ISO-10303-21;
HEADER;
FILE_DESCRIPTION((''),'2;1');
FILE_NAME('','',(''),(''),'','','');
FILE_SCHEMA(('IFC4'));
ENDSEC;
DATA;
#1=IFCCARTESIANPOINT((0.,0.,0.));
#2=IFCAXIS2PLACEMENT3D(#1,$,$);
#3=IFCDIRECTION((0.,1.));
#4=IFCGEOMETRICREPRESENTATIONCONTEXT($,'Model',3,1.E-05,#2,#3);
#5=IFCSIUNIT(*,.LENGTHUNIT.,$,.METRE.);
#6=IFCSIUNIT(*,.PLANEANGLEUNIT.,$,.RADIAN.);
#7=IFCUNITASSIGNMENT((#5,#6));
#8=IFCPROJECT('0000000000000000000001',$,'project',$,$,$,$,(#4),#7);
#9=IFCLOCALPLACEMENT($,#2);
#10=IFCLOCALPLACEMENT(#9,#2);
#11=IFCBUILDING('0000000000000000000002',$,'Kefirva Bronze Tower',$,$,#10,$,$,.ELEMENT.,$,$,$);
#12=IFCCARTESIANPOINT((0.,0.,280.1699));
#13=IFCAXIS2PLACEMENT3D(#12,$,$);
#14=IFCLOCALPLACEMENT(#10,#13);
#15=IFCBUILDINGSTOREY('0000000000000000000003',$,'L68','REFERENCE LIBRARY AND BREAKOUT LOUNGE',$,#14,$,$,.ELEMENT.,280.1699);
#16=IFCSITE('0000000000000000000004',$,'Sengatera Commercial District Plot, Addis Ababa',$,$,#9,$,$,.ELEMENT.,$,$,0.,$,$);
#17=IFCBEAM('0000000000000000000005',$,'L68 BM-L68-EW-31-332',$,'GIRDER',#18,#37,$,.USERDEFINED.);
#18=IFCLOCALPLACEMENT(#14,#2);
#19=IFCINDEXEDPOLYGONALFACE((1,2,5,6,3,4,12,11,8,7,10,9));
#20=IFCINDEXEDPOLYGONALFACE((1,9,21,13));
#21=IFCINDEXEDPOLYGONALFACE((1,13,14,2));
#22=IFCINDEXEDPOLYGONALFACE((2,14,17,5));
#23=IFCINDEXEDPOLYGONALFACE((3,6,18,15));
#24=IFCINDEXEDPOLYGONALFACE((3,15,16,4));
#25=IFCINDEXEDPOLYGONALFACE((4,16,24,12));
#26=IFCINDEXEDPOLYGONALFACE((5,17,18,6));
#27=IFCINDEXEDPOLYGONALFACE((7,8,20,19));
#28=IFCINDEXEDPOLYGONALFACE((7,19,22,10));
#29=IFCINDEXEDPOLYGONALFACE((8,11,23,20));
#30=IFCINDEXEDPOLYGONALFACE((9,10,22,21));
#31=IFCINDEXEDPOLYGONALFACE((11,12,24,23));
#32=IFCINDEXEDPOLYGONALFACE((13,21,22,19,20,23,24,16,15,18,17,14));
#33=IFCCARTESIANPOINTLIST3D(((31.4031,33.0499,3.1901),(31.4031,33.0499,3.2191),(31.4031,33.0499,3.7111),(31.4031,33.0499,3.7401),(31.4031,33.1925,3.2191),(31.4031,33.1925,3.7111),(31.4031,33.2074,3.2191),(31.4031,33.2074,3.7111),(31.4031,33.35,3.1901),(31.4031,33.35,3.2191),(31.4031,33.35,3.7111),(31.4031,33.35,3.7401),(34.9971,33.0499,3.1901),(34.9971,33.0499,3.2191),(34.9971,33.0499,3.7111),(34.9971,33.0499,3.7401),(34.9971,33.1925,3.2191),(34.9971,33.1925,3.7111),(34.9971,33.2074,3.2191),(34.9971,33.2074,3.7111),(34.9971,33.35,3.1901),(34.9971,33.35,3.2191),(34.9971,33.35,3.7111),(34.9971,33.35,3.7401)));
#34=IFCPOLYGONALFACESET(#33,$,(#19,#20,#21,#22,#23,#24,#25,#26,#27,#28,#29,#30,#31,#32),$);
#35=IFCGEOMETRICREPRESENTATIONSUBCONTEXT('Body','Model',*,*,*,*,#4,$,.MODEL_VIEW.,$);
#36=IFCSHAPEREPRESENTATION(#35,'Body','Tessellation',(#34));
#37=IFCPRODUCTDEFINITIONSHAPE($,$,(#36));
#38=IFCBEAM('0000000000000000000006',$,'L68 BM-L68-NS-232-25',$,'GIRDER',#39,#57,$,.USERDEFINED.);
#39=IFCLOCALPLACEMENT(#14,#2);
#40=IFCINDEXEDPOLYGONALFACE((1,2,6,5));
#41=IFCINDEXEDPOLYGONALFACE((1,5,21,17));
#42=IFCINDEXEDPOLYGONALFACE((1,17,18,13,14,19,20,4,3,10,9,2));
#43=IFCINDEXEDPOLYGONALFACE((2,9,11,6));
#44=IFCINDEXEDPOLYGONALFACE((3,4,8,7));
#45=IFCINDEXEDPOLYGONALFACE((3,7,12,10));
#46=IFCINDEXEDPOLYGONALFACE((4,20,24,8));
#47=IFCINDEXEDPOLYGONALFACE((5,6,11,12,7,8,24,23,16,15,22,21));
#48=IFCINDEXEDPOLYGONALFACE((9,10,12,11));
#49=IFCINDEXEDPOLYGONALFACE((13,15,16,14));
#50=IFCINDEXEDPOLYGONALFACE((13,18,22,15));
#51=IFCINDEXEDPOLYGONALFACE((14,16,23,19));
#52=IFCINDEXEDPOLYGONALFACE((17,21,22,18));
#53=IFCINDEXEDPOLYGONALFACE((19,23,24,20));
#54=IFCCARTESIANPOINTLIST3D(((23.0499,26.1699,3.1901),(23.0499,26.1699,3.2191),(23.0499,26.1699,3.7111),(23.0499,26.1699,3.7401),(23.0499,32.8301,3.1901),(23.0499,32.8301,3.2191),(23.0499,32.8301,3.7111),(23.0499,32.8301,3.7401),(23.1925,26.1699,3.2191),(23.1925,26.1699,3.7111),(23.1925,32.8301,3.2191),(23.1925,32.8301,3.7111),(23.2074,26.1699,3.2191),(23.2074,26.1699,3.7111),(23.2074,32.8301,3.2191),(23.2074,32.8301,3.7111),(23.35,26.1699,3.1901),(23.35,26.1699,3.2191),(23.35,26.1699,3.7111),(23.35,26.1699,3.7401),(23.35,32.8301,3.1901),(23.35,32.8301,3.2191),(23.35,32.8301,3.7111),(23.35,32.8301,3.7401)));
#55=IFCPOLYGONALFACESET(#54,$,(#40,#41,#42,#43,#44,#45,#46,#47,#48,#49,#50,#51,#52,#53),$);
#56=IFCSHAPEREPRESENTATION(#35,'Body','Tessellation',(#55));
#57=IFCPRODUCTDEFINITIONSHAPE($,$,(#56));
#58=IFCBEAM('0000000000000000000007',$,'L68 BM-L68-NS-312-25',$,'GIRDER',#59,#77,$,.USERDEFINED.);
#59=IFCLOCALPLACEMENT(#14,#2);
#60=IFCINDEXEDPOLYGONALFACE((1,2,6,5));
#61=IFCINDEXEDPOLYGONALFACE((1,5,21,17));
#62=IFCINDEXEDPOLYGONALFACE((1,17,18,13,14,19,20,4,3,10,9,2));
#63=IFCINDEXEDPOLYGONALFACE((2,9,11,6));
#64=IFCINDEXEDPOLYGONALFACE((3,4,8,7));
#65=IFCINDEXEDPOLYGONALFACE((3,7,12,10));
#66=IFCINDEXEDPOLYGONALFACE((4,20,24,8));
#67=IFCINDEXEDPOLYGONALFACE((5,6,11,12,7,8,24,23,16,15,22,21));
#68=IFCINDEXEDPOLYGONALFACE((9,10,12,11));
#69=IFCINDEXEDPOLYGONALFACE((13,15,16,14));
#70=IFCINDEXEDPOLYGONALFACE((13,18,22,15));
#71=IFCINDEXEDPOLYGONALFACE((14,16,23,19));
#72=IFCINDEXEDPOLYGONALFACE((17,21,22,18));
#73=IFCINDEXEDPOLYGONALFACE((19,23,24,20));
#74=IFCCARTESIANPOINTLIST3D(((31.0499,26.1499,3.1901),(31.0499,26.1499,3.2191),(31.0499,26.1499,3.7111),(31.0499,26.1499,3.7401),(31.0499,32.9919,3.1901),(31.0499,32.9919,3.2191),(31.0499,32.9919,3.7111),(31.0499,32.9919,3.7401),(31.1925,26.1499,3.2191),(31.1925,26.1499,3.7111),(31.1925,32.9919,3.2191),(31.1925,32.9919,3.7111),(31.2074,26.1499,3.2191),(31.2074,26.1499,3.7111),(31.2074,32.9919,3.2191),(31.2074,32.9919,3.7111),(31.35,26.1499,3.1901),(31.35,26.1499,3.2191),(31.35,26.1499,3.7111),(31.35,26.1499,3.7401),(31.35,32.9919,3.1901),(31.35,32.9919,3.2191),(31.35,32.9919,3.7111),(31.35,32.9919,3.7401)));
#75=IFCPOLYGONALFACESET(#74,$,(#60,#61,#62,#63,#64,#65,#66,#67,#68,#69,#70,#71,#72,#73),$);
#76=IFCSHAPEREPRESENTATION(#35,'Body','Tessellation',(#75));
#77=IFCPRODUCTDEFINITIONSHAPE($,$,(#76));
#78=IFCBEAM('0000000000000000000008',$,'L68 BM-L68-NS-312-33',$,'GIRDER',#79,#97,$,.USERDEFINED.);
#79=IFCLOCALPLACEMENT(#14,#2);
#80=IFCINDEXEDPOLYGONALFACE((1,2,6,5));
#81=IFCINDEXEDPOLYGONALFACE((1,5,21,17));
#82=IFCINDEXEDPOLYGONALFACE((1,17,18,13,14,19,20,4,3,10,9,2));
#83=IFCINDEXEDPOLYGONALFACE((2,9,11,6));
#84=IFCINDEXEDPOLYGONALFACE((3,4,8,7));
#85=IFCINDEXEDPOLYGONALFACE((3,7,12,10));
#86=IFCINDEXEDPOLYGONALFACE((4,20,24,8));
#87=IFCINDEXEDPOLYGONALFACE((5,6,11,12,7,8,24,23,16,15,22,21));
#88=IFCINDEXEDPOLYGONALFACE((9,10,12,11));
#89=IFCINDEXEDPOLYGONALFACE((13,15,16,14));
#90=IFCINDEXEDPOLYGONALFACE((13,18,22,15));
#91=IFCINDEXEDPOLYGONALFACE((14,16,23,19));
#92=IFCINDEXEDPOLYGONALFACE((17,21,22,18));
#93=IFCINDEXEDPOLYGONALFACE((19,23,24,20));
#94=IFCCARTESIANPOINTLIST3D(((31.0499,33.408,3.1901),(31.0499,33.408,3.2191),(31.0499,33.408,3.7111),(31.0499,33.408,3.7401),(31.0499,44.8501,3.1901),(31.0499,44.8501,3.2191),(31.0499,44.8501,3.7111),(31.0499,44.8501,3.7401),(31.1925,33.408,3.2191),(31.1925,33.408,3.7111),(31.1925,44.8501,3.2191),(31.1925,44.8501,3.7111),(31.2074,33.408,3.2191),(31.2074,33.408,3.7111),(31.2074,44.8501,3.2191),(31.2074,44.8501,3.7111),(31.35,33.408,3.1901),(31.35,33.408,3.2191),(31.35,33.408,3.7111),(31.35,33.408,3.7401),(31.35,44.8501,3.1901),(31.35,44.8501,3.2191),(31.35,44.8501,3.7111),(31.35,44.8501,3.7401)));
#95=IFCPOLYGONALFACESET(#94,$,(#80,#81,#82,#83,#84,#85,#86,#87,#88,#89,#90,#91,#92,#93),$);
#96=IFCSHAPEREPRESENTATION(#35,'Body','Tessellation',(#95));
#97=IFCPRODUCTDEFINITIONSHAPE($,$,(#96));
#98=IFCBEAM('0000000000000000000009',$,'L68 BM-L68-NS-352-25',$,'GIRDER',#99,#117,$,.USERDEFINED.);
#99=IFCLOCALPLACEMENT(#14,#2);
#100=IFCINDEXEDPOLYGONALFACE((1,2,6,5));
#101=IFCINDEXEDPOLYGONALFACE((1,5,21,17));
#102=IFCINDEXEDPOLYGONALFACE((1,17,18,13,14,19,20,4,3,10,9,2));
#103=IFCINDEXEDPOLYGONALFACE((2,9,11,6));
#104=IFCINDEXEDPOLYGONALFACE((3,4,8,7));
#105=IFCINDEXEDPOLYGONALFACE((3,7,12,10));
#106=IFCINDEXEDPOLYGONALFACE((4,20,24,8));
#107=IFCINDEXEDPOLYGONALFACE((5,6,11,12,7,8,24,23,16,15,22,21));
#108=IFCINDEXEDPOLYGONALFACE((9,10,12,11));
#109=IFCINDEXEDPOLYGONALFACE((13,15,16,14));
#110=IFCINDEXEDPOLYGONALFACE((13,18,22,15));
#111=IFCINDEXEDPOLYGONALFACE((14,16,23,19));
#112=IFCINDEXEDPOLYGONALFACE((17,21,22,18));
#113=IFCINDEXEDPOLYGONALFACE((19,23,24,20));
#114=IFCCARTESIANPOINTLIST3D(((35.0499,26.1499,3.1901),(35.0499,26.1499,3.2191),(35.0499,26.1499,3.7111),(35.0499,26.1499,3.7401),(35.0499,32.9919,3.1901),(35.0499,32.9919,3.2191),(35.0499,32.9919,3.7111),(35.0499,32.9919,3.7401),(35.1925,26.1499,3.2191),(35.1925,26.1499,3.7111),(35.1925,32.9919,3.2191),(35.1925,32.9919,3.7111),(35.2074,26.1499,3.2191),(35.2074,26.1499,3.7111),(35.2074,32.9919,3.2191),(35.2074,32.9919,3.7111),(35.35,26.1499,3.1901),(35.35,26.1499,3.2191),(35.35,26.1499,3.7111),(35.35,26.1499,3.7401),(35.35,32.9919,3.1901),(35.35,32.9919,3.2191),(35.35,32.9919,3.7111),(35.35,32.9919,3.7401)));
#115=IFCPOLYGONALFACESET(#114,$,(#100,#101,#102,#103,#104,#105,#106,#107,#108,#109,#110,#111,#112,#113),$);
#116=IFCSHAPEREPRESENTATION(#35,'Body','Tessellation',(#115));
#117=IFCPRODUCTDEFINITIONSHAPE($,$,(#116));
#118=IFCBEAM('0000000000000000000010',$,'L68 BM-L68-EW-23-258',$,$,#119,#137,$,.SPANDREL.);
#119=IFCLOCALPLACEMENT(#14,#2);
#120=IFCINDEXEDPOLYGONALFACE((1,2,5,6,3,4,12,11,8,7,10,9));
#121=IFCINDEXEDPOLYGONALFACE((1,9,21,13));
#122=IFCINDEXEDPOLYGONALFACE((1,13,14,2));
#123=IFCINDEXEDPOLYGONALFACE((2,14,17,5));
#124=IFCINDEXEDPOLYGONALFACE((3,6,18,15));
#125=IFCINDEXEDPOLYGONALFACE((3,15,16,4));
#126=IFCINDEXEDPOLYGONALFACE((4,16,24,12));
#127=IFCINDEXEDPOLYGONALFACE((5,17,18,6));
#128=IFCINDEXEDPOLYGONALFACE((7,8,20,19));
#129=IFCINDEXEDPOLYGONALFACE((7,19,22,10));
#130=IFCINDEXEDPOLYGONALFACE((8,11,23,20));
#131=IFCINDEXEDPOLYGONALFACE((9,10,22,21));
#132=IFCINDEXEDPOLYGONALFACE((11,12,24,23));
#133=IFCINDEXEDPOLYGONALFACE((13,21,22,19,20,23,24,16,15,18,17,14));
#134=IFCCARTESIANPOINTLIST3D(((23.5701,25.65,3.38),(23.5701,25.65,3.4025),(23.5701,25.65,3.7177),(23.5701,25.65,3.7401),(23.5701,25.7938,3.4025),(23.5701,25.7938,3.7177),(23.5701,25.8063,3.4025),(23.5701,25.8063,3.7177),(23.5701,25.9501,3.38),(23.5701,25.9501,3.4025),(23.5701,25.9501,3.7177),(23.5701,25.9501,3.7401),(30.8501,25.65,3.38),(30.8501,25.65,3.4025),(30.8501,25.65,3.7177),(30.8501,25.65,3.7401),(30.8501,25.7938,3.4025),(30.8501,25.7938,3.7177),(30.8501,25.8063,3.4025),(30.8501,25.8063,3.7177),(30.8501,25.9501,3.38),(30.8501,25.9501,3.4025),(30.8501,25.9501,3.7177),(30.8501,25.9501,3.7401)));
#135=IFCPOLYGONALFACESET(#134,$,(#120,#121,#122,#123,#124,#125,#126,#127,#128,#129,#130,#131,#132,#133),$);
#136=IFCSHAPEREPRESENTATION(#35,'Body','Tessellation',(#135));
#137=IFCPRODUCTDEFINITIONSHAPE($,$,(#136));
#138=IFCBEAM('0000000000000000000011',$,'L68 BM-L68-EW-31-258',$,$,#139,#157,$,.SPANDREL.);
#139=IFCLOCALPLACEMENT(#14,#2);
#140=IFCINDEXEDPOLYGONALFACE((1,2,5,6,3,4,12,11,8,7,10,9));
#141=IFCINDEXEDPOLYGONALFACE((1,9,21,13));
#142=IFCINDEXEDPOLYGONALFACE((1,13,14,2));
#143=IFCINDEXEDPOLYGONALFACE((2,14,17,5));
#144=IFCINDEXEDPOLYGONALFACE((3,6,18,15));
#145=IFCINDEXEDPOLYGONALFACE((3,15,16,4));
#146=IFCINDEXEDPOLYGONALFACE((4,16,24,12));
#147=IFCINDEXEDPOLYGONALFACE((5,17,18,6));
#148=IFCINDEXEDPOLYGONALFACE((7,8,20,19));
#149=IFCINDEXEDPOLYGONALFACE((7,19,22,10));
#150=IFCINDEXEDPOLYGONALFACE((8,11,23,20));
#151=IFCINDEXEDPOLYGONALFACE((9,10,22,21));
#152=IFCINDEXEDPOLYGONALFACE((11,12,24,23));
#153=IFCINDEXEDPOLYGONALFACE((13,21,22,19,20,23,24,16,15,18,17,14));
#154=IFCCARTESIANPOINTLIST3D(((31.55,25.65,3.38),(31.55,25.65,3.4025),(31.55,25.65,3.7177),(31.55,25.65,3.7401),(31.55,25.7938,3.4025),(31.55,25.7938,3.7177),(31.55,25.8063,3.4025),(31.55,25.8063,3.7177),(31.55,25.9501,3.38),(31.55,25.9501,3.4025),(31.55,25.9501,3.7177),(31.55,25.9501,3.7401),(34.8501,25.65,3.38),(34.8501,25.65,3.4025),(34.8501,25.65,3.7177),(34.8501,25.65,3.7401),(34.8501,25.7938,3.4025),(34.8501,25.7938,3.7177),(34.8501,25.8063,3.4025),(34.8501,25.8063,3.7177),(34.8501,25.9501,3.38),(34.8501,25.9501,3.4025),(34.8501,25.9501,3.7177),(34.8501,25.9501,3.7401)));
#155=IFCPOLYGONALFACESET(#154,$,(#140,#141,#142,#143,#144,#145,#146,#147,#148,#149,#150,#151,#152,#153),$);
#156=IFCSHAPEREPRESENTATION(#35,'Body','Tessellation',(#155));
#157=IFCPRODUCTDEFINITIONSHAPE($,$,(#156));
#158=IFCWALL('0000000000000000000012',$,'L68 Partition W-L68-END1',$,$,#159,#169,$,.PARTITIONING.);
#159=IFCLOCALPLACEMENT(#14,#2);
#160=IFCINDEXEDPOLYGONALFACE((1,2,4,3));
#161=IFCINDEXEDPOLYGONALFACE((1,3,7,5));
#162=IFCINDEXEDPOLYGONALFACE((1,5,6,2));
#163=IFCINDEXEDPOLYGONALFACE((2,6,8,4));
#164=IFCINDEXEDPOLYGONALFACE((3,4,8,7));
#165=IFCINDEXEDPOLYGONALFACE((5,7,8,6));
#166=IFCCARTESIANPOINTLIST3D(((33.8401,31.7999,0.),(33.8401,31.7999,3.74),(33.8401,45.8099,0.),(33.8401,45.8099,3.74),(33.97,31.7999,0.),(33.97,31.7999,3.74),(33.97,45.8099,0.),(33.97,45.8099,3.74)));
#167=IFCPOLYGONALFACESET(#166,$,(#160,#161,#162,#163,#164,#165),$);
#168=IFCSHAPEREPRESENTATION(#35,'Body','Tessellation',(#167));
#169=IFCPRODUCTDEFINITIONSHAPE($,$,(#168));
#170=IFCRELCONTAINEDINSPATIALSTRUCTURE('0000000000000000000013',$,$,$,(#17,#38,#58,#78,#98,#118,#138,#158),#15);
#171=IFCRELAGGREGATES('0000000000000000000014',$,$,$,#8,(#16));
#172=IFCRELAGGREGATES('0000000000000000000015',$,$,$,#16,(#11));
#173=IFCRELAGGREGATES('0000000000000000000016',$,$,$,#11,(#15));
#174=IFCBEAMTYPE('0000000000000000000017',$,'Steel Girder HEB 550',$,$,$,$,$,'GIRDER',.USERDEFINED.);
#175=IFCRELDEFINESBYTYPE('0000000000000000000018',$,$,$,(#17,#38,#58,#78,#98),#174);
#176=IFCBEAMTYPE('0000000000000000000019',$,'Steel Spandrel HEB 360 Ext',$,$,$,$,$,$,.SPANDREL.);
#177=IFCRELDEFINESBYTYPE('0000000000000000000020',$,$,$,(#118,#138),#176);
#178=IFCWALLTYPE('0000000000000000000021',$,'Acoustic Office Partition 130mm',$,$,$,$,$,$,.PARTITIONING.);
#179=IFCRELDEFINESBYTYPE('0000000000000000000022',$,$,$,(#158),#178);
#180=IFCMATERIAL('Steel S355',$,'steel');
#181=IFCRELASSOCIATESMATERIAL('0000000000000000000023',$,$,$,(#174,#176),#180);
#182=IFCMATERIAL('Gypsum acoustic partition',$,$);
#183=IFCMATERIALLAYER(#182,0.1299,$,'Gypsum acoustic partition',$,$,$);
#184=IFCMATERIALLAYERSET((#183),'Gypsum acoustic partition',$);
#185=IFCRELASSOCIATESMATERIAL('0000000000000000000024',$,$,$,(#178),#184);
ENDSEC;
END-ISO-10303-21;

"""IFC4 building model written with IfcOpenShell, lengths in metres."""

from ifc_helpers import new_model, si_unit, direction, frame, frame_2d, origin, origin_2d, place, context, subcontext, project, spatial, rectangle, i_section, extrude, material, layer, layer_set, material_profile, profile_set, type_object, element, save


model = new_model("IFC4")

# Units and contexts
model_context = context("Model", 3, precision=1e-05, world=origin(), true_north=direction((0.0, 1.0)))
body_context = subcontext(model_context, "Body", "Model", "MODEL_VIEW")
ifc_project = project(units=[si_unit("LENGTHUNIT", "METRE"), si_unit("PLANEANGLEUNIT", "RADIAN")], contexts=[model_context])

# Site, building, storey
site_placement = place(None, origin())
site = spatial("IfcSite", under=ifc_project, at=site_placement, Name="Sengatera Commercial District Plot, Addis Ababa", CompositionType="ELEMENT", RefElevation=0.0)
building_placement = place(site_placement, origin())
building = spatial("IfcBuilding", under=site, at=building_placement, Name="Kefirva Bronze Tower", CompositionType="ELEMENT")
storey_placement = place(building_placement, frame((0.0, 0.0, 280.1699)))
storey = spatial("IfcBuildingStorey", under=building, at=storey_placement, Name="L68", Description="REFERENCE LIBRARY AND BREAKOUT LOUNGE", CompositionType="ELEMENT", Elevation=280.1699)

# Beams
ifc_material_1 = material(Name="Steel S355", Category="steel")
ifc_material_profile_1 = material_profile(ifc_material_1, i_section(OverallWidth=0.3, OverallDepth=0.55, WebThickness=0.0149, FlangeThickness=0.0291, at=origin_2d()), Name="HEB 550")
ifc_profile_set_1 = profile_set([ifc_material_profile_1], Name="Steel S355")
beam_type_1 = type_object("IfcBeamType", Name="Steel Girder HEB 550", ElementType="GIRDER", PredefinedType="USERDEFINED", material=ifc_profile_set_1)
beam_1_placement = place(storey_placement, frame((31.4031, 33.2, 3.4651), z_axis=(1.0, 0.0, 0.0), x_axis=(0.0, 1.0, 0.0)))
element("IfcBeam", 1, at=beam_1_placement, inside=storey, type_object=beam_type_1, Name="L68 BM-L68-EW-31-332", ObjectType="GIRDER", PredefinedType="USERDEFINED", context=body_context, shape_type="SweptSolid", body=[
    extrude(i_section(OverallWidth=0.3, OverallDepth=0.55, WebThickness=0.0149, FlangeThickness=0.0291, at=origin_2d()), origin(), (0.0, 0.0, 1.0), 3.594),
])
beam_2_placement = place(storey_placement, frame((23.2, 26.1699, 3.4651), z_axis=(0.0, 1.0, 0.0), x_axis=(-1.0, 0.0, 0.0)))
element("IfcBeam", 2, at=beam_2_placement, inside=storey, type_object=beam_type_1, Name="L68 BM-L68-NS-232-25", ObjectType="GIRDER", PredefinedType="USERDEFINED", context=body_context, shape_type="SweptSolid", body=[
    extrude(i_section(OverallWidth=0.3, OverallDepth=0.55, WebThickness=0.0149, FlangeThickness=0.0291, at=origin_2d()), origin(), (0.0, 0.0, 1.0), 6.6602),
])
beam_3_placement = place(storey_placement, frame((31.2, 26.1499, 3.4651), z_axis=(0.0, 1.0, 0.0), x_axis=(-1.0, 0.0, 0.0)))
element("IfcBeam", 3, at=beam_3_placement, inside=storey, type_object=beam_type_1, Name="L68 BM-L68-NS-312-25", ObjectType="GIRDER", PredefinedType="USERDEFINED", context=body_context, shape_type="SweptSolid", body=[
    extrude(i_section(OverallWidth=0.3, OverallDepth=0.55, WebThickness=0.0149, FlangeThickness=0.0291, at=origin_2d()), origin(), (0.0, 0.0, 1.0), 6.842),
])
beam_4_placement = place(storey_placement, frame((31.2, 33.408, 3.4651), z_axis=(0.0, 1.0, 0.0), x_axis=(-1.0, 0.0, 0.0)))
element("IfcBeam", 4, at=beam_4_placement, inside=storey, type_object=beam_type_1, Name="L68 BM-L68-NS-312-33", ObjectType="GIRDER", PredefinedType="USERDEFINED", context=body_context, shape_type="SweptSolid", body=[
    extrude(i_section(OverallWidth=0.3, OverallDepth=0.55, WebThickness=0.0149, FlangeThickness=0.0291, at=origin_2d()), origin(), (0.0, 0.0, 1.0), 11.4421),
])
beam_5_placement = place(storey_placement, frame((35.2, 26.1499, 3.4651), z_axis=(0.0, 1.0, 0.0), x_axis=(-1.0, 0.0, 0.0)))
element("IfcBeam", 5, at=beam_5_placement, inside=storey, type_object=beam_type_1, Name="L68 BM-L68-NS-352-25", ObjectType="GIRDER", PredefinedType="USERDEFINED", context=body_context, shape_type="SweptSolid", body=[
    extrude(i_section(OverallWidth=0.3, OverallDepth=0.55, WebThickness=0.0149, FlangeThickness=0.0291, at=origin_2d()), origin(), (0.0, 0.0, 1.0), 6.842),
])
ifc_material_profile_2 = material_profile(ifc_material_1, i_section(OverallWidth=0.3, OverallDepth=0.3601, WebThickness=0.0125, FlangeThickness=0.0225, at=origin_2d()), Name="HEB 360")
ifc_profile_set_2 = profile_set([ifc_material_profile_2], Name="Steel S355")
beam_type_2 = type_object("IfcBeamType", Name="Steel Spandrel HEB 360 Ext", PredefinedType="SPANDREL", material=ifc_profile_set_2)
beam_6_placement = place(storey_placement, frame((23.5701, 25.8, 3.5601), z_axis=(1.0, 0.0, 0.0), x_axis=(0.0, 1.0, 0.0)))
element("IfcBeam", 6, at=beam_6_placement, inside=storey, type_object=beam_type_2, Name="L68 BM-L68-EW-23-258", PredefinedType="SPANDREL", context=body_context, shape_type="SweptSolid", body=[
    extrude(i_section(OverallWidth=0.3, OverallDepth=0.3601, WebThickness=0.0125, FlangeThickness=0.0225, at=origin_2d()), origin(), (0.0, 0.0, 1.0), 7.28),
])
beam_7_placement = place(storey_placement, frame((31.55, 25.8, 3.5601), z_axis=(1.0, 0.0, 0.0), x_axis=(0.0, 1.0, 0.0)))
element("IfcBeam", 7, at=beam_7_placement, inside=storey, type_object=beam_type_2, Name="L68 BM-L68-EW-31-258", PredefinedType="SPANDREL", context=body_context, shape_type="SweptSolid", body=[
    extrude(i_section(OverallWidth=0.3, OverallDepth=0.3601, WebThickness=0.0125, FlangeThickness=0.0225, at=origin_2d()), origin(), (0.0, 0.0, 1.0), 3.3),
])

# Wall
ifc_material_2 = material(Name="Gypsum acoustic partition")
ifc_layer_1 = layer(ifc_material_2, 0.1299, Name="Gypsum acoustic partition")
ifc_layer_set_1 = layer_set([ifc_layer_1], Name="Gypsum acoustic partition")
wall_type_1 = type_object("IfcWallType", Name="Acoustic Office Partition 130mm", PredefinedType="PARTITIONING", material=ifc_layer_set_1)
wall_1_placement = place(storey_placement, frame((33.905, 31.8, 0.0), z_axis=(0.0, 0.0, 1.0), x_axis=(0.0, 1.0, 0.0)))
element("IfcWall", 8, at=wall_1_placement, inside=storey, type_object=wall_type_1, Name="L68 Partition W-L68-END1", PredefinedType="PARTITIONING", context=body_context, shape_type="SweptSolid", body=[
    extrude(rectangle(XDim=14.01, YDim=0.1299, at=frame_2d((7.0049, 0.0))), origin(), (0.0, 0.0, 1.0), 3.74),
])

save(model, "model.ifc")
